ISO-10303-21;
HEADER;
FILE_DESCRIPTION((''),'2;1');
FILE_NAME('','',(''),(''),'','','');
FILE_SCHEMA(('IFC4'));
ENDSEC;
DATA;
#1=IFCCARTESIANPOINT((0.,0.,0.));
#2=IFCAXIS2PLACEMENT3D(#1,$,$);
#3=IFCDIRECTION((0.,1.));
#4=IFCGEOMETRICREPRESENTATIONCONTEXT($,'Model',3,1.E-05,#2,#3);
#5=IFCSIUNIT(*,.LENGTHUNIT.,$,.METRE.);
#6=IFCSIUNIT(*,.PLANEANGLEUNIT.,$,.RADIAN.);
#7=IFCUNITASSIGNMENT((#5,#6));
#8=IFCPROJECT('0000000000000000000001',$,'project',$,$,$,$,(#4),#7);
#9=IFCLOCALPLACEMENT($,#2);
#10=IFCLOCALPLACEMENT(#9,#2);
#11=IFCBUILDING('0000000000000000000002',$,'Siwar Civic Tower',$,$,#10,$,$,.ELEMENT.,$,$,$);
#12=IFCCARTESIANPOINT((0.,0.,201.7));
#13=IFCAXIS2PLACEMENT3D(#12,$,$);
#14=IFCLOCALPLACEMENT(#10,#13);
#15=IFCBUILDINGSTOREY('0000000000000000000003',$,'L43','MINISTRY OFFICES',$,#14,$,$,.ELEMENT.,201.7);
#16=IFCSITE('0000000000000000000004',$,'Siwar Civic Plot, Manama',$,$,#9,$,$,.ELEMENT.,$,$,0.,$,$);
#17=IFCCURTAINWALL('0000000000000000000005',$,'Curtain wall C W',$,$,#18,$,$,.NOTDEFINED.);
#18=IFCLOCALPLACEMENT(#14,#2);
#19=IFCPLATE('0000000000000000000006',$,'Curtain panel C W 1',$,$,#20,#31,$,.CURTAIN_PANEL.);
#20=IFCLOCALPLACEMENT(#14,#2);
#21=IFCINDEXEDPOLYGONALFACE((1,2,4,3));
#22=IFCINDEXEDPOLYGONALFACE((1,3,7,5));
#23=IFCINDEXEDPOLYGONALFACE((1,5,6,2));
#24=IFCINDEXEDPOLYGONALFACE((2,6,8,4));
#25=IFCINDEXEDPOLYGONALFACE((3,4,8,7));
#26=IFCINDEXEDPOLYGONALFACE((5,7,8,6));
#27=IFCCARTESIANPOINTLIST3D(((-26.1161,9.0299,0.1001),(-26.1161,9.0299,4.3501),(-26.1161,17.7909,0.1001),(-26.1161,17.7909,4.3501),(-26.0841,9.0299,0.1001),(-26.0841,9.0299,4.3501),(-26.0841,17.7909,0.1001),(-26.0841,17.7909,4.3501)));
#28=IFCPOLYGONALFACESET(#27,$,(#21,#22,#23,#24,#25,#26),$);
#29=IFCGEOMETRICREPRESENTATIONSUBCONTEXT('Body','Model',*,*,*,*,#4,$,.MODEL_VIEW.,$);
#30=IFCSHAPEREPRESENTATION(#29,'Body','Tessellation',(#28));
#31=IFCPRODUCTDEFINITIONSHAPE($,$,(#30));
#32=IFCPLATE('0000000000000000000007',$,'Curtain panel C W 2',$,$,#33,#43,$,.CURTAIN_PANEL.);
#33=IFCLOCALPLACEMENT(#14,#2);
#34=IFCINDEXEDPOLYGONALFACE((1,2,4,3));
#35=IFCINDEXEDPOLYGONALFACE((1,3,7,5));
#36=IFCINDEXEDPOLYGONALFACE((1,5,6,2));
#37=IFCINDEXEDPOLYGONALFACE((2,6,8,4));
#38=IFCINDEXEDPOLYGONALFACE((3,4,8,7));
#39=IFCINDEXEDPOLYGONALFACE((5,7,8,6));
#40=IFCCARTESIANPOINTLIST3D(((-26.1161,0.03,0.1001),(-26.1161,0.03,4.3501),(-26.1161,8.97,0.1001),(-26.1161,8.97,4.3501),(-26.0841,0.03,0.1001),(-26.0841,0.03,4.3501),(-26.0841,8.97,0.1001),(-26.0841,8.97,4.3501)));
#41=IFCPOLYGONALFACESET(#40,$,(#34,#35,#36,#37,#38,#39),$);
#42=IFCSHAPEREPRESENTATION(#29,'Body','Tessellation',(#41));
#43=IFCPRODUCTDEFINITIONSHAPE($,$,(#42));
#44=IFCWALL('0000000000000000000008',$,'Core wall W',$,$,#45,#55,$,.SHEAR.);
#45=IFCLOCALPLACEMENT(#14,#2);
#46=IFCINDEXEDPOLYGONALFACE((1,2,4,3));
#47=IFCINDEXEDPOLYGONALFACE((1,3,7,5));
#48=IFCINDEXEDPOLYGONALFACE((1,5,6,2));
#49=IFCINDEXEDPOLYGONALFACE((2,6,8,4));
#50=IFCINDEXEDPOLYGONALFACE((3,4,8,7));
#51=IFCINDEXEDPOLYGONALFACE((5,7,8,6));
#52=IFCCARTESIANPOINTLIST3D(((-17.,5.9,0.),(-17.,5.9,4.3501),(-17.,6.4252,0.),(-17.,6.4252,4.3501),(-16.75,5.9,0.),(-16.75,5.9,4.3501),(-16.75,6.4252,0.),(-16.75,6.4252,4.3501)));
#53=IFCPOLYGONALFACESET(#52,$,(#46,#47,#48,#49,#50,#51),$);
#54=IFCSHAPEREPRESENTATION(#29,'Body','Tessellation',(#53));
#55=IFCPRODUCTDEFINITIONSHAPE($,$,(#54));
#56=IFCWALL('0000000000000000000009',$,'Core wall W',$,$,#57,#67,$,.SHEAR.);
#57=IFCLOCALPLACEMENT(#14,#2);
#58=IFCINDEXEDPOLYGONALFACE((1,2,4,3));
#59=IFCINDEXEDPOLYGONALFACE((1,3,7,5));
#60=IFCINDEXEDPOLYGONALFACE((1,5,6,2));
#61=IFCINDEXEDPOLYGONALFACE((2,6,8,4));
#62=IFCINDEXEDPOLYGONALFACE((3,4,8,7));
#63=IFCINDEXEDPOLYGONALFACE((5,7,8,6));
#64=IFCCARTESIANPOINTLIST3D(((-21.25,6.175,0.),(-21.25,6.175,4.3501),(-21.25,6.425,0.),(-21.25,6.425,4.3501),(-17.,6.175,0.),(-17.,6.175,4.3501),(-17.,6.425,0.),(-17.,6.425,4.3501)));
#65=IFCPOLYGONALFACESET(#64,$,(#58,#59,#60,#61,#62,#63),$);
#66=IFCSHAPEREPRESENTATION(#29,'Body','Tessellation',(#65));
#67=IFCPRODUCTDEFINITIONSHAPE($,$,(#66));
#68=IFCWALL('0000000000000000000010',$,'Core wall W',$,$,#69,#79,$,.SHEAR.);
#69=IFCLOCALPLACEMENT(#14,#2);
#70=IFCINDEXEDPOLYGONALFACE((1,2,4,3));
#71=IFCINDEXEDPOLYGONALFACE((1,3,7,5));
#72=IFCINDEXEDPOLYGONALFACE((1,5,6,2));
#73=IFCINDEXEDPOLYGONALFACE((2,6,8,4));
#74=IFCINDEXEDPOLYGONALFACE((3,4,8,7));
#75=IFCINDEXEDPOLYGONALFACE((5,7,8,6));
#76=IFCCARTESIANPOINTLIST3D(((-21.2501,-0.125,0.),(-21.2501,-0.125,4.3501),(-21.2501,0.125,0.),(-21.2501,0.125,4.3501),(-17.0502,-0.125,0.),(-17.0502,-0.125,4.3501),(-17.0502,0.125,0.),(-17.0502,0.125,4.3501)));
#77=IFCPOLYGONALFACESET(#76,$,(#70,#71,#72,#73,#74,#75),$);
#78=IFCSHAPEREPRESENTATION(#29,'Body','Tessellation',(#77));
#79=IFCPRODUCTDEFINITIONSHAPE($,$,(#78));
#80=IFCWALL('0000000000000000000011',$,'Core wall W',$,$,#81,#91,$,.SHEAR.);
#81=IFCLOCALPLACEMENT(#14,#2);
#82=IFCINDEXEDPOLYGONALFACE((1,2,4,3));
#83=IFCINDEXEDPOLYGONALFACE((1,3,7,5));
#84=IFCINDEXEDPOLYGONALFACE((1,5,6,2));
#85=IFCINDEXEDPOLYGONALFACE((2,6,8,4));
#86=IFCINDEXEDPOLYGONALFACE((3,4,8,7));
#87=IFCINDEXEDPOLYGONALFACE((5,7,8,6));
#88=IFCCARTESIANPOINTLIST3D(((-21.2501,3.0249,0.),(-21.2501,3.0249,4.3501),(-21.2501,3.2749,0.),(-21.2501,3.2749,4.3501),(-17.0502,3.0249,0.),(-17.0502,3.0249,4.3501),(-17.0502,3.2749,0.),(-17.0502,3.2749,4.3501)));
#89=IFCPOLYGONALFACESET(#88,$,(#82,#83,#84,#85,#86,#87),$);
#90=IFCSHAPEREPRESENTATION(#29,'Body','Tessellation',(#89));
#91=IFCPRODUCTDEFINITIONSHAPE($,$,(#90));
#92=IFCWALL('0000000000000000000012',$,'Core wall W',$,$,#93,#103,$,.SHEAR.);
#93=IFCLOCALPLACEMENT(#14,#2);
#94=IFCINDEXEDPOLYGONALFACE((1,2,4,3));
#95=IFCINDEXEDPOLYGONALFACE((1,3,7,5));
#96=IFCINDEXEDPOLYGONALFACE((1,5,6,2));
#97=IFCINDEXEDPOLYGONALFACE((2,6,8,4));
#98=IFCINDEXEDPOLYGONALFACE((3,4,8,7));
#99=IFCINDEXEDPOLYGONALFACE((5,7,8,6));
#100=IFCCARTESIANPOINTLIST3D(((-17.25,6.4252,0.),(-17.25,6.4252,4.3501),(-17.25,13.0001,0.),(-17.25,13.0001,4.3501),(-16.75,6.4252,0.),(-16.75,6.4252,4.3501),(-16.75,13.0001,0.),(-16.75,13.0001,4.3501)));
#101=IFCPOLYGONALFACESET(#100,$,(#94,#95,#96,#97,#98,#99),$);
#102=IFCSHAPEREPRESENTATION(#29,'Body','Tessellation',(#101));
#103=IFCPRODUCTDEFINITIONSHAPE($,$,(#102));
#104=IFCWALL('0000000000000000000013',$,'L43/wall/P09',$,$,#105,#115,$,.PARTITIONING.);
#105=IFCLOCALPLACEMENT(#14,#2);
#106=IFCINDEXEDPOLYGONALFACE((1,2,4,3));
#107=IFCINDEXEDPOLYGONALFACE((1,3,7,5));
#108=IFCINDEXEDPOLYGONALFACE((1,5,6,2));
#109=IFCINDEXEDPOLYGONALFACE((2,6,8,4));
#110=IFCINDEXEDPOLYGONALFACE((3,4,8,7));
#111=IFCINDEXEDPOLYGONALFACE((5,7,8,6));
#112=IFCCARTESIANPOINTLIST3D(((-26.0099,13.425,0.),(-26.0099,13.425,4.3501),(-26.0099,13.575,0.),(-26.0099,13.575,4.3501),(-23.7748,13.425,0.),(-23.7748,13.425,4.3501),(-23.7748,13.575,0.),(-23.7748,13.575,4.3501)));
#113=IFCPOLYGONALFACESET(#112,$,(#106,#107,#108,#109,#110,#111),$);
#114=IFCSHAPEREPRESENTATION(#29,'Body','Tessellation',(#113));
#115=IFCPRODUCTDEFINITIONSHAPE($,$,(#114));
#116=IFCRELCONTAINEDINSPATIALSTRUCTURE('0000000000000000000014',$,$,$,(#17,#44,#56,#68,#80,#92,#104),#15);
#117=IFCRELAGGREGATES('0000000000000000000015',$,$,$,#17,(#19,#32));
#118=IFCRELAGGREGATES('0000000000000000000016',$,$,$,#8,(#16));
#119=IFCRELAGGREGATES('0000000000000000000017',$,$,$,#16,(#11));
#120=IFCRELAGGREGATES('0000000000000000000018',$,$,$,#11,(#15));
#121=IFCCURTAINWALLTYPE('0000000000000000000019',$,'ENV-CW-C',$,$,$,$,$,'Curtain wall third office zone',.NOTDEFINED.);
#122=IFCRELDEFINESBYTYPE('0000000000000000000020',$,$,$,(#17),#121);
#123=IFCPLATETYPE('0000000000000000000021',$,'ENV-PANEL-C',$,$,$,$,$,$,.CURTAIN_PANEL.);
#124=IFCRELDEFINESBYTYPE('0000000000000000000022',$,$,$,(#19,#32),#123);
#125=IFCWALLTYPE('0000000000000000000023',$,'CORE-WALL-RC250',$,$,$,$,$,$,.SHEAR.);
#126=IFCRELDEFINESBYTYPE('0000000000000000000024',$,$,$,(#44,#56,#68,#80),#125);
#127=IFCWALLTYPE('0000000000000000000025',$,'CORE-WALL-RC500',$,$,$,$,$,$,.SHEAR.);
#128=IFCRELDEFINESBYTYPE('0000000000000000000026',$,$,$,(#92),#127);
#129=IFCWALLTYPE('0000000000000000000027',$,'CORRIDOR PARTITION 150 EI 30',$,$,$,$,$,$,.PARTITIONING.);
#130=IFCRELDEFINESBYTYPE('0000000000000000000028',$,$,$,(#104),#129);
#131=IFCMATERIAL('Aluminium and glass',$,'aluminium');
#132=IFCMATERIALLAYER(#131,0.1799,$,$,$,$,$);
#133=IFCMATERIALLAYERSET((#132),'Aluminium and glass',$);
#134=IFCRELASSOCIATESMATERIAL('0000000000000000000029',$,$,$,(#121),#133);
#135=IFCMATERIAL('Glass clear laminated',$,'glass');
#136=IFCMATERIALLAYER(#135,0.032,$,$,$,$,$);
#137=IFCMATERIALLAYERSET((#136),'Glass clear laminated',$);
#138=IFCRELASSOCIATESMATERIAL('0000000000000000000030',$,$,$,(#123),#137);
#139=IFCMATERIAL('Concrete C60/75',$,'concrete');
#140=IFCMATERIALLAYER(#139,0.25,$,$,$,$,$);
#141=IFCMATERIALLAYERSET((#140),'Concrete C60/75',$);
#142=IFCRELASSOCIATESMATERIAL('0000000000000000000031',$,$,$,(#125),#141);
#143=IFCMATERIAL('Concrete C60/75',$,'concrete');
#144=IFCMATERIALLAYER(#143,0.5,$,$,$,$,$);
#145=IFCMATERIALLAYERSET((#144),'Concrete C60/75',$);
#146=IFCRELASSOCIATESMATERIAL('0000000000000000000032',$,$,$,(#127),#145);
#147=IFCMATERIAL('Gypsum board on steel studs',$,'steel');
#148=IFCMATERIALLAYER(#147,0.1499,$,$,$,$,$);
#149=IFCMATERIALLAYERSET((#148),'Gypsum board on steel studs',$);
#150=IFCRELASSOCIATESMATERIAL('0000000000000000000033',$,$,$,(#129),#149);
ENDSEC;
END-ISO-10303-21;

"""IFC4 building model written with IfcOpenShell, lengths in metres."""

from ifc_helpers import new_model, si_unit, direction, frame, frame_2d, origin, origin_2d, place, context, subcontext, project, spatial, rectangle, extrude, material, layer, layer_set, type_object, element, aggregate, save


model = new_model("IFC4")

# Units and contexts
model_context = context("Model", 3, precision=1e-05, world=origin(), true_north=direction((0.0, 1.0)))
body_context = subcontext(model_context, "Body", "Model", "MODEL_VIEW")
ifc_project = project(units=[si_unit("LENGTHUNIT", "METRE"), si_unit("PLANEANGLEUNIT", "RADIAN")], contexts=[model_context])

# Site, building, storey
site_placement = place(None, origin())
site = spatial("IfcSite", under=ifc_project, at=site_placement, Name="Siwar Civic Plot, Manama", CompositionType="ELEMENT", RefElevation=0.0)
building_placement = place(site_placement, origin())
building = spatial("IfcBuilding", under=site, at=building_placement, Name="Siwar Civic Tower", CompositionType="ELEMENT")
storey_placement = place(building_placement, frame((0.0, 0.0, 201.7)))
storey = spatial("IfcBuildingStorey", under=building, at=storey_placement, Name="L43", Description="MINISTRY OFFICES", CompositionType="ELEMENT", Elevation=201.7)

# Curtain wall
ifc_material_1 = material(Name="Aluminium and glass", Category="aluminium")
ifc_layer_1 = layer(ifc_material_1, 0.1799)
ifc_layer_set_1 = layer_set([ifc_layer_1], Name="Aluminium and glass")
curtain_wall_type = type_object("IfcCurtainWallType", Name="ENV-CW-C", ElementType="Curtain wall third office zone", PredefinedType="NOTDEFINED", material=ifc_layer_set_1)
curtain_wall_placement = place(storey_placement, origin())
curtain_wall = element("IfcCurtainWall", 1, at=curtain_wall_placement, inside=storey, type_object=curtain_wall_type, Name="Curtain wall C W", PredefinedType="NOTDEFINED")

# Plates
ifc_material_2 = material(Name="Glass clear laminated", Category="glass")
ifc_layer_2 = layer(ifc_material_2, 0.032)
ifc_layer_set_2 = layer_set([ifc_layer_2], Name="Glass clear laminated")
plate_type = type_object("IfcPlateType", Name="ENV-PANEL-C", PredefinedType="CURTAIN_PANEL", material=ifc_layer_set_2)
plate_1_placement = place(storey_placement, frame((-26.1001, 13.4104, 0.1001), z_axis=(0.0, 0.0, 1.0), x_axis=(0.0, -1.0, 0.0)))
plate_1 = element("IfcPlate", 2, at=plate_1_placement, type_object=plate_type, Name="Curtain panel C W 1", PredefinedType="CURTAIN_PANEL", context=body_context, shape_type="SweptSolid", body=[
    extrude(rectangle(XDim=8.761, YDim=0.032, at=origin_2d()), origin(), (0.0, 0.0, 1.0), 4.25),
])
plate_2_placement = place(storey_placement, frame((-26.1001, 4.5, 0.1001), z_axis=(0.0, 0.0, 1.0), x_axis=(0.0, -1.0, 0.0)))
plate_2 = element("IfcPlate", 3, at=plate_2_placement, type_object=plate_type, Name="Curtain panel C W 2", PredefinedType="CURTAIN_PANEL", context=body_context, shape_type="SweptSolid", body=[
    extrude(rectangle(XDim=8.9399, YDim=0.032, at=origin_2d()), origin(), (0.0, 0.0, 1.0), 4.25),
])
aggregate(curtain_wall, [plate_1, plate_2])

# Walls
ifc_material_3 = material(Name="Concrete C60/75", Category="concrete")
ifc_layer_3 = layer(ifc_material_3, 0.25)
ifc_layer_set_3 = layer_set([ifc_layer_3], Name="Concrete C60/75")
wall_type_1 = type_object("IfcWallType", Name="CORE-WALL-RC250", PredefinedType="SHEAR", material=ifc_layer_set_3)
wall_1_placement = place(storey_placement, frame((-16.875, 5.8999, 0.0), z_axis=(0.0, 0.0, 1.0), x_axis=(0.0, 1.0, 0.0)))
element("IfcWall", 4, at=wall_1_placement, inside=storey, type_object=wall_type_1, Name="Core wall W", PredefinedType="SHEAR", context=body_context, shape_type="SweptSolid", body=[
    extrude(rectangle(XDim=0.5251, YDim=0.25, at=frame_2d((0.2627, 0.0))), origin(), (0.0, 0.0, 1.0), 4.3501),
])
wall_2_placement = place(storey_placement, frame((-17.0, 6.3, 0.0), z_axis=(0.0, 0.0, 1.0), x_axis=(-1.0, 0.0, 0.0)))
element("IfcWall", 5, at=wall_2_placement, inside=storey, type_object=wall_type_1, Name="Core wall W", PredefinedType="SHEAR", context=body_context, shape_type="SweptSolid", body=[
    extrude(rectangle(XDim=4.25, YDim=0.25, at=frame_2d((2.125, 0.0))), origin(), (0.0, 0.0, 1.0), 4.3501),
])
for number, where, z_axis, x_axis, name in (
    (6, (-17.05, 0.0, 0.0), (0.0, 0.0, 1.0), (-1.0, 0.0, 0.0), "Core wall W"),
    (7, (-17.05, 3.1499, 0.0), (0.0, 0.0, 1.0), (-1.0, 0.0, 0.0), "Core wall W"),
):
    element("IfcWall", number, at=place(storey_placement, frame(where, z_axis=z_axis, x_axis=x_axis)), inside=storey, type_object=wall_type_1, Name=name, PredefinedType="SHEAR", context=body_context, shape_type="SweptSolid", body=[
        extrude(rectangle(XDim=4.2, YDim=0.25, at=frame_2d((2.1001, 0.0))), origin(), (0.0, 0.0, 1.0), 4.3501),
    ])
ifc_material_4 = material(Name="Concrete C60/75", Category="concrete")
ifc_layer_4 = layer(ifc_material_4, 0.5)
ifc_layer_set_4 = layer_set([ifc_layer_4], Name="Concrete C60/75")
wall_type_2 = type_object("IfcWallType", Name="CORE-WALL-RC500", PredefinedType="SHEAR", material=ifc_layer_set_4)
wall_3_placement = place(storey_placement, frame((-17.0, 6.425, 0.0), z_axis=(0.0, 0.0, 1.0), x_axis=(0.0, 1.0, 0.0)))
element("IfcWall", 8, at=wall_3_placement, inside=storey, type_object=wall_type_2, Name="Core wall W", PredefinedType="SHEAR", context=body_context, shape_type="SweptSolid", body=[
    extrude(rectangle(XDim=6.575, YDim=0.5, at=frame_2d((3.2876, 0.0))), origin(), (0.0, 0.0, 1.0), 4.3501),
])
ifc_material_5 = material(Name="Gypsum board on steel studs", Category="steel")
ifc_layer_5 = layer(ifc_material_5, 0.1499)
ifc_layer_set_5 = layer_set([ifc_layer_5], Name="Gypsum board on steel studs")
wall_type_3 = type_object("IfcWallType", Name="CORRIDOR PARTITION 150 EI 30", PredefinedType="PARTITIONING", material=ifc_layer_set_5)
wall_4_placement = place(storey_placement, frame((-26.01, 13.5, 0.0), z_axis=(0.0, 0.0, 1.0), x_axis=(1.0, 0.0, 0.0)))
element("IfcWall", 9, at=wall_4_placement, inside=storey, type_object=wall_type_3, Name="L43/wall/P09", PredefinedType="PARTITIONING", context=body_context, shape_type="SweptSolid", body=[
    extrude(rectangle(XDim=2.2351, YDim=0.1499, at=frame_2d((1.1177, 0.0))), origin(), (0.0, 0.0, 1.0), 4.3501),
])

save(model, "model.ifc")
